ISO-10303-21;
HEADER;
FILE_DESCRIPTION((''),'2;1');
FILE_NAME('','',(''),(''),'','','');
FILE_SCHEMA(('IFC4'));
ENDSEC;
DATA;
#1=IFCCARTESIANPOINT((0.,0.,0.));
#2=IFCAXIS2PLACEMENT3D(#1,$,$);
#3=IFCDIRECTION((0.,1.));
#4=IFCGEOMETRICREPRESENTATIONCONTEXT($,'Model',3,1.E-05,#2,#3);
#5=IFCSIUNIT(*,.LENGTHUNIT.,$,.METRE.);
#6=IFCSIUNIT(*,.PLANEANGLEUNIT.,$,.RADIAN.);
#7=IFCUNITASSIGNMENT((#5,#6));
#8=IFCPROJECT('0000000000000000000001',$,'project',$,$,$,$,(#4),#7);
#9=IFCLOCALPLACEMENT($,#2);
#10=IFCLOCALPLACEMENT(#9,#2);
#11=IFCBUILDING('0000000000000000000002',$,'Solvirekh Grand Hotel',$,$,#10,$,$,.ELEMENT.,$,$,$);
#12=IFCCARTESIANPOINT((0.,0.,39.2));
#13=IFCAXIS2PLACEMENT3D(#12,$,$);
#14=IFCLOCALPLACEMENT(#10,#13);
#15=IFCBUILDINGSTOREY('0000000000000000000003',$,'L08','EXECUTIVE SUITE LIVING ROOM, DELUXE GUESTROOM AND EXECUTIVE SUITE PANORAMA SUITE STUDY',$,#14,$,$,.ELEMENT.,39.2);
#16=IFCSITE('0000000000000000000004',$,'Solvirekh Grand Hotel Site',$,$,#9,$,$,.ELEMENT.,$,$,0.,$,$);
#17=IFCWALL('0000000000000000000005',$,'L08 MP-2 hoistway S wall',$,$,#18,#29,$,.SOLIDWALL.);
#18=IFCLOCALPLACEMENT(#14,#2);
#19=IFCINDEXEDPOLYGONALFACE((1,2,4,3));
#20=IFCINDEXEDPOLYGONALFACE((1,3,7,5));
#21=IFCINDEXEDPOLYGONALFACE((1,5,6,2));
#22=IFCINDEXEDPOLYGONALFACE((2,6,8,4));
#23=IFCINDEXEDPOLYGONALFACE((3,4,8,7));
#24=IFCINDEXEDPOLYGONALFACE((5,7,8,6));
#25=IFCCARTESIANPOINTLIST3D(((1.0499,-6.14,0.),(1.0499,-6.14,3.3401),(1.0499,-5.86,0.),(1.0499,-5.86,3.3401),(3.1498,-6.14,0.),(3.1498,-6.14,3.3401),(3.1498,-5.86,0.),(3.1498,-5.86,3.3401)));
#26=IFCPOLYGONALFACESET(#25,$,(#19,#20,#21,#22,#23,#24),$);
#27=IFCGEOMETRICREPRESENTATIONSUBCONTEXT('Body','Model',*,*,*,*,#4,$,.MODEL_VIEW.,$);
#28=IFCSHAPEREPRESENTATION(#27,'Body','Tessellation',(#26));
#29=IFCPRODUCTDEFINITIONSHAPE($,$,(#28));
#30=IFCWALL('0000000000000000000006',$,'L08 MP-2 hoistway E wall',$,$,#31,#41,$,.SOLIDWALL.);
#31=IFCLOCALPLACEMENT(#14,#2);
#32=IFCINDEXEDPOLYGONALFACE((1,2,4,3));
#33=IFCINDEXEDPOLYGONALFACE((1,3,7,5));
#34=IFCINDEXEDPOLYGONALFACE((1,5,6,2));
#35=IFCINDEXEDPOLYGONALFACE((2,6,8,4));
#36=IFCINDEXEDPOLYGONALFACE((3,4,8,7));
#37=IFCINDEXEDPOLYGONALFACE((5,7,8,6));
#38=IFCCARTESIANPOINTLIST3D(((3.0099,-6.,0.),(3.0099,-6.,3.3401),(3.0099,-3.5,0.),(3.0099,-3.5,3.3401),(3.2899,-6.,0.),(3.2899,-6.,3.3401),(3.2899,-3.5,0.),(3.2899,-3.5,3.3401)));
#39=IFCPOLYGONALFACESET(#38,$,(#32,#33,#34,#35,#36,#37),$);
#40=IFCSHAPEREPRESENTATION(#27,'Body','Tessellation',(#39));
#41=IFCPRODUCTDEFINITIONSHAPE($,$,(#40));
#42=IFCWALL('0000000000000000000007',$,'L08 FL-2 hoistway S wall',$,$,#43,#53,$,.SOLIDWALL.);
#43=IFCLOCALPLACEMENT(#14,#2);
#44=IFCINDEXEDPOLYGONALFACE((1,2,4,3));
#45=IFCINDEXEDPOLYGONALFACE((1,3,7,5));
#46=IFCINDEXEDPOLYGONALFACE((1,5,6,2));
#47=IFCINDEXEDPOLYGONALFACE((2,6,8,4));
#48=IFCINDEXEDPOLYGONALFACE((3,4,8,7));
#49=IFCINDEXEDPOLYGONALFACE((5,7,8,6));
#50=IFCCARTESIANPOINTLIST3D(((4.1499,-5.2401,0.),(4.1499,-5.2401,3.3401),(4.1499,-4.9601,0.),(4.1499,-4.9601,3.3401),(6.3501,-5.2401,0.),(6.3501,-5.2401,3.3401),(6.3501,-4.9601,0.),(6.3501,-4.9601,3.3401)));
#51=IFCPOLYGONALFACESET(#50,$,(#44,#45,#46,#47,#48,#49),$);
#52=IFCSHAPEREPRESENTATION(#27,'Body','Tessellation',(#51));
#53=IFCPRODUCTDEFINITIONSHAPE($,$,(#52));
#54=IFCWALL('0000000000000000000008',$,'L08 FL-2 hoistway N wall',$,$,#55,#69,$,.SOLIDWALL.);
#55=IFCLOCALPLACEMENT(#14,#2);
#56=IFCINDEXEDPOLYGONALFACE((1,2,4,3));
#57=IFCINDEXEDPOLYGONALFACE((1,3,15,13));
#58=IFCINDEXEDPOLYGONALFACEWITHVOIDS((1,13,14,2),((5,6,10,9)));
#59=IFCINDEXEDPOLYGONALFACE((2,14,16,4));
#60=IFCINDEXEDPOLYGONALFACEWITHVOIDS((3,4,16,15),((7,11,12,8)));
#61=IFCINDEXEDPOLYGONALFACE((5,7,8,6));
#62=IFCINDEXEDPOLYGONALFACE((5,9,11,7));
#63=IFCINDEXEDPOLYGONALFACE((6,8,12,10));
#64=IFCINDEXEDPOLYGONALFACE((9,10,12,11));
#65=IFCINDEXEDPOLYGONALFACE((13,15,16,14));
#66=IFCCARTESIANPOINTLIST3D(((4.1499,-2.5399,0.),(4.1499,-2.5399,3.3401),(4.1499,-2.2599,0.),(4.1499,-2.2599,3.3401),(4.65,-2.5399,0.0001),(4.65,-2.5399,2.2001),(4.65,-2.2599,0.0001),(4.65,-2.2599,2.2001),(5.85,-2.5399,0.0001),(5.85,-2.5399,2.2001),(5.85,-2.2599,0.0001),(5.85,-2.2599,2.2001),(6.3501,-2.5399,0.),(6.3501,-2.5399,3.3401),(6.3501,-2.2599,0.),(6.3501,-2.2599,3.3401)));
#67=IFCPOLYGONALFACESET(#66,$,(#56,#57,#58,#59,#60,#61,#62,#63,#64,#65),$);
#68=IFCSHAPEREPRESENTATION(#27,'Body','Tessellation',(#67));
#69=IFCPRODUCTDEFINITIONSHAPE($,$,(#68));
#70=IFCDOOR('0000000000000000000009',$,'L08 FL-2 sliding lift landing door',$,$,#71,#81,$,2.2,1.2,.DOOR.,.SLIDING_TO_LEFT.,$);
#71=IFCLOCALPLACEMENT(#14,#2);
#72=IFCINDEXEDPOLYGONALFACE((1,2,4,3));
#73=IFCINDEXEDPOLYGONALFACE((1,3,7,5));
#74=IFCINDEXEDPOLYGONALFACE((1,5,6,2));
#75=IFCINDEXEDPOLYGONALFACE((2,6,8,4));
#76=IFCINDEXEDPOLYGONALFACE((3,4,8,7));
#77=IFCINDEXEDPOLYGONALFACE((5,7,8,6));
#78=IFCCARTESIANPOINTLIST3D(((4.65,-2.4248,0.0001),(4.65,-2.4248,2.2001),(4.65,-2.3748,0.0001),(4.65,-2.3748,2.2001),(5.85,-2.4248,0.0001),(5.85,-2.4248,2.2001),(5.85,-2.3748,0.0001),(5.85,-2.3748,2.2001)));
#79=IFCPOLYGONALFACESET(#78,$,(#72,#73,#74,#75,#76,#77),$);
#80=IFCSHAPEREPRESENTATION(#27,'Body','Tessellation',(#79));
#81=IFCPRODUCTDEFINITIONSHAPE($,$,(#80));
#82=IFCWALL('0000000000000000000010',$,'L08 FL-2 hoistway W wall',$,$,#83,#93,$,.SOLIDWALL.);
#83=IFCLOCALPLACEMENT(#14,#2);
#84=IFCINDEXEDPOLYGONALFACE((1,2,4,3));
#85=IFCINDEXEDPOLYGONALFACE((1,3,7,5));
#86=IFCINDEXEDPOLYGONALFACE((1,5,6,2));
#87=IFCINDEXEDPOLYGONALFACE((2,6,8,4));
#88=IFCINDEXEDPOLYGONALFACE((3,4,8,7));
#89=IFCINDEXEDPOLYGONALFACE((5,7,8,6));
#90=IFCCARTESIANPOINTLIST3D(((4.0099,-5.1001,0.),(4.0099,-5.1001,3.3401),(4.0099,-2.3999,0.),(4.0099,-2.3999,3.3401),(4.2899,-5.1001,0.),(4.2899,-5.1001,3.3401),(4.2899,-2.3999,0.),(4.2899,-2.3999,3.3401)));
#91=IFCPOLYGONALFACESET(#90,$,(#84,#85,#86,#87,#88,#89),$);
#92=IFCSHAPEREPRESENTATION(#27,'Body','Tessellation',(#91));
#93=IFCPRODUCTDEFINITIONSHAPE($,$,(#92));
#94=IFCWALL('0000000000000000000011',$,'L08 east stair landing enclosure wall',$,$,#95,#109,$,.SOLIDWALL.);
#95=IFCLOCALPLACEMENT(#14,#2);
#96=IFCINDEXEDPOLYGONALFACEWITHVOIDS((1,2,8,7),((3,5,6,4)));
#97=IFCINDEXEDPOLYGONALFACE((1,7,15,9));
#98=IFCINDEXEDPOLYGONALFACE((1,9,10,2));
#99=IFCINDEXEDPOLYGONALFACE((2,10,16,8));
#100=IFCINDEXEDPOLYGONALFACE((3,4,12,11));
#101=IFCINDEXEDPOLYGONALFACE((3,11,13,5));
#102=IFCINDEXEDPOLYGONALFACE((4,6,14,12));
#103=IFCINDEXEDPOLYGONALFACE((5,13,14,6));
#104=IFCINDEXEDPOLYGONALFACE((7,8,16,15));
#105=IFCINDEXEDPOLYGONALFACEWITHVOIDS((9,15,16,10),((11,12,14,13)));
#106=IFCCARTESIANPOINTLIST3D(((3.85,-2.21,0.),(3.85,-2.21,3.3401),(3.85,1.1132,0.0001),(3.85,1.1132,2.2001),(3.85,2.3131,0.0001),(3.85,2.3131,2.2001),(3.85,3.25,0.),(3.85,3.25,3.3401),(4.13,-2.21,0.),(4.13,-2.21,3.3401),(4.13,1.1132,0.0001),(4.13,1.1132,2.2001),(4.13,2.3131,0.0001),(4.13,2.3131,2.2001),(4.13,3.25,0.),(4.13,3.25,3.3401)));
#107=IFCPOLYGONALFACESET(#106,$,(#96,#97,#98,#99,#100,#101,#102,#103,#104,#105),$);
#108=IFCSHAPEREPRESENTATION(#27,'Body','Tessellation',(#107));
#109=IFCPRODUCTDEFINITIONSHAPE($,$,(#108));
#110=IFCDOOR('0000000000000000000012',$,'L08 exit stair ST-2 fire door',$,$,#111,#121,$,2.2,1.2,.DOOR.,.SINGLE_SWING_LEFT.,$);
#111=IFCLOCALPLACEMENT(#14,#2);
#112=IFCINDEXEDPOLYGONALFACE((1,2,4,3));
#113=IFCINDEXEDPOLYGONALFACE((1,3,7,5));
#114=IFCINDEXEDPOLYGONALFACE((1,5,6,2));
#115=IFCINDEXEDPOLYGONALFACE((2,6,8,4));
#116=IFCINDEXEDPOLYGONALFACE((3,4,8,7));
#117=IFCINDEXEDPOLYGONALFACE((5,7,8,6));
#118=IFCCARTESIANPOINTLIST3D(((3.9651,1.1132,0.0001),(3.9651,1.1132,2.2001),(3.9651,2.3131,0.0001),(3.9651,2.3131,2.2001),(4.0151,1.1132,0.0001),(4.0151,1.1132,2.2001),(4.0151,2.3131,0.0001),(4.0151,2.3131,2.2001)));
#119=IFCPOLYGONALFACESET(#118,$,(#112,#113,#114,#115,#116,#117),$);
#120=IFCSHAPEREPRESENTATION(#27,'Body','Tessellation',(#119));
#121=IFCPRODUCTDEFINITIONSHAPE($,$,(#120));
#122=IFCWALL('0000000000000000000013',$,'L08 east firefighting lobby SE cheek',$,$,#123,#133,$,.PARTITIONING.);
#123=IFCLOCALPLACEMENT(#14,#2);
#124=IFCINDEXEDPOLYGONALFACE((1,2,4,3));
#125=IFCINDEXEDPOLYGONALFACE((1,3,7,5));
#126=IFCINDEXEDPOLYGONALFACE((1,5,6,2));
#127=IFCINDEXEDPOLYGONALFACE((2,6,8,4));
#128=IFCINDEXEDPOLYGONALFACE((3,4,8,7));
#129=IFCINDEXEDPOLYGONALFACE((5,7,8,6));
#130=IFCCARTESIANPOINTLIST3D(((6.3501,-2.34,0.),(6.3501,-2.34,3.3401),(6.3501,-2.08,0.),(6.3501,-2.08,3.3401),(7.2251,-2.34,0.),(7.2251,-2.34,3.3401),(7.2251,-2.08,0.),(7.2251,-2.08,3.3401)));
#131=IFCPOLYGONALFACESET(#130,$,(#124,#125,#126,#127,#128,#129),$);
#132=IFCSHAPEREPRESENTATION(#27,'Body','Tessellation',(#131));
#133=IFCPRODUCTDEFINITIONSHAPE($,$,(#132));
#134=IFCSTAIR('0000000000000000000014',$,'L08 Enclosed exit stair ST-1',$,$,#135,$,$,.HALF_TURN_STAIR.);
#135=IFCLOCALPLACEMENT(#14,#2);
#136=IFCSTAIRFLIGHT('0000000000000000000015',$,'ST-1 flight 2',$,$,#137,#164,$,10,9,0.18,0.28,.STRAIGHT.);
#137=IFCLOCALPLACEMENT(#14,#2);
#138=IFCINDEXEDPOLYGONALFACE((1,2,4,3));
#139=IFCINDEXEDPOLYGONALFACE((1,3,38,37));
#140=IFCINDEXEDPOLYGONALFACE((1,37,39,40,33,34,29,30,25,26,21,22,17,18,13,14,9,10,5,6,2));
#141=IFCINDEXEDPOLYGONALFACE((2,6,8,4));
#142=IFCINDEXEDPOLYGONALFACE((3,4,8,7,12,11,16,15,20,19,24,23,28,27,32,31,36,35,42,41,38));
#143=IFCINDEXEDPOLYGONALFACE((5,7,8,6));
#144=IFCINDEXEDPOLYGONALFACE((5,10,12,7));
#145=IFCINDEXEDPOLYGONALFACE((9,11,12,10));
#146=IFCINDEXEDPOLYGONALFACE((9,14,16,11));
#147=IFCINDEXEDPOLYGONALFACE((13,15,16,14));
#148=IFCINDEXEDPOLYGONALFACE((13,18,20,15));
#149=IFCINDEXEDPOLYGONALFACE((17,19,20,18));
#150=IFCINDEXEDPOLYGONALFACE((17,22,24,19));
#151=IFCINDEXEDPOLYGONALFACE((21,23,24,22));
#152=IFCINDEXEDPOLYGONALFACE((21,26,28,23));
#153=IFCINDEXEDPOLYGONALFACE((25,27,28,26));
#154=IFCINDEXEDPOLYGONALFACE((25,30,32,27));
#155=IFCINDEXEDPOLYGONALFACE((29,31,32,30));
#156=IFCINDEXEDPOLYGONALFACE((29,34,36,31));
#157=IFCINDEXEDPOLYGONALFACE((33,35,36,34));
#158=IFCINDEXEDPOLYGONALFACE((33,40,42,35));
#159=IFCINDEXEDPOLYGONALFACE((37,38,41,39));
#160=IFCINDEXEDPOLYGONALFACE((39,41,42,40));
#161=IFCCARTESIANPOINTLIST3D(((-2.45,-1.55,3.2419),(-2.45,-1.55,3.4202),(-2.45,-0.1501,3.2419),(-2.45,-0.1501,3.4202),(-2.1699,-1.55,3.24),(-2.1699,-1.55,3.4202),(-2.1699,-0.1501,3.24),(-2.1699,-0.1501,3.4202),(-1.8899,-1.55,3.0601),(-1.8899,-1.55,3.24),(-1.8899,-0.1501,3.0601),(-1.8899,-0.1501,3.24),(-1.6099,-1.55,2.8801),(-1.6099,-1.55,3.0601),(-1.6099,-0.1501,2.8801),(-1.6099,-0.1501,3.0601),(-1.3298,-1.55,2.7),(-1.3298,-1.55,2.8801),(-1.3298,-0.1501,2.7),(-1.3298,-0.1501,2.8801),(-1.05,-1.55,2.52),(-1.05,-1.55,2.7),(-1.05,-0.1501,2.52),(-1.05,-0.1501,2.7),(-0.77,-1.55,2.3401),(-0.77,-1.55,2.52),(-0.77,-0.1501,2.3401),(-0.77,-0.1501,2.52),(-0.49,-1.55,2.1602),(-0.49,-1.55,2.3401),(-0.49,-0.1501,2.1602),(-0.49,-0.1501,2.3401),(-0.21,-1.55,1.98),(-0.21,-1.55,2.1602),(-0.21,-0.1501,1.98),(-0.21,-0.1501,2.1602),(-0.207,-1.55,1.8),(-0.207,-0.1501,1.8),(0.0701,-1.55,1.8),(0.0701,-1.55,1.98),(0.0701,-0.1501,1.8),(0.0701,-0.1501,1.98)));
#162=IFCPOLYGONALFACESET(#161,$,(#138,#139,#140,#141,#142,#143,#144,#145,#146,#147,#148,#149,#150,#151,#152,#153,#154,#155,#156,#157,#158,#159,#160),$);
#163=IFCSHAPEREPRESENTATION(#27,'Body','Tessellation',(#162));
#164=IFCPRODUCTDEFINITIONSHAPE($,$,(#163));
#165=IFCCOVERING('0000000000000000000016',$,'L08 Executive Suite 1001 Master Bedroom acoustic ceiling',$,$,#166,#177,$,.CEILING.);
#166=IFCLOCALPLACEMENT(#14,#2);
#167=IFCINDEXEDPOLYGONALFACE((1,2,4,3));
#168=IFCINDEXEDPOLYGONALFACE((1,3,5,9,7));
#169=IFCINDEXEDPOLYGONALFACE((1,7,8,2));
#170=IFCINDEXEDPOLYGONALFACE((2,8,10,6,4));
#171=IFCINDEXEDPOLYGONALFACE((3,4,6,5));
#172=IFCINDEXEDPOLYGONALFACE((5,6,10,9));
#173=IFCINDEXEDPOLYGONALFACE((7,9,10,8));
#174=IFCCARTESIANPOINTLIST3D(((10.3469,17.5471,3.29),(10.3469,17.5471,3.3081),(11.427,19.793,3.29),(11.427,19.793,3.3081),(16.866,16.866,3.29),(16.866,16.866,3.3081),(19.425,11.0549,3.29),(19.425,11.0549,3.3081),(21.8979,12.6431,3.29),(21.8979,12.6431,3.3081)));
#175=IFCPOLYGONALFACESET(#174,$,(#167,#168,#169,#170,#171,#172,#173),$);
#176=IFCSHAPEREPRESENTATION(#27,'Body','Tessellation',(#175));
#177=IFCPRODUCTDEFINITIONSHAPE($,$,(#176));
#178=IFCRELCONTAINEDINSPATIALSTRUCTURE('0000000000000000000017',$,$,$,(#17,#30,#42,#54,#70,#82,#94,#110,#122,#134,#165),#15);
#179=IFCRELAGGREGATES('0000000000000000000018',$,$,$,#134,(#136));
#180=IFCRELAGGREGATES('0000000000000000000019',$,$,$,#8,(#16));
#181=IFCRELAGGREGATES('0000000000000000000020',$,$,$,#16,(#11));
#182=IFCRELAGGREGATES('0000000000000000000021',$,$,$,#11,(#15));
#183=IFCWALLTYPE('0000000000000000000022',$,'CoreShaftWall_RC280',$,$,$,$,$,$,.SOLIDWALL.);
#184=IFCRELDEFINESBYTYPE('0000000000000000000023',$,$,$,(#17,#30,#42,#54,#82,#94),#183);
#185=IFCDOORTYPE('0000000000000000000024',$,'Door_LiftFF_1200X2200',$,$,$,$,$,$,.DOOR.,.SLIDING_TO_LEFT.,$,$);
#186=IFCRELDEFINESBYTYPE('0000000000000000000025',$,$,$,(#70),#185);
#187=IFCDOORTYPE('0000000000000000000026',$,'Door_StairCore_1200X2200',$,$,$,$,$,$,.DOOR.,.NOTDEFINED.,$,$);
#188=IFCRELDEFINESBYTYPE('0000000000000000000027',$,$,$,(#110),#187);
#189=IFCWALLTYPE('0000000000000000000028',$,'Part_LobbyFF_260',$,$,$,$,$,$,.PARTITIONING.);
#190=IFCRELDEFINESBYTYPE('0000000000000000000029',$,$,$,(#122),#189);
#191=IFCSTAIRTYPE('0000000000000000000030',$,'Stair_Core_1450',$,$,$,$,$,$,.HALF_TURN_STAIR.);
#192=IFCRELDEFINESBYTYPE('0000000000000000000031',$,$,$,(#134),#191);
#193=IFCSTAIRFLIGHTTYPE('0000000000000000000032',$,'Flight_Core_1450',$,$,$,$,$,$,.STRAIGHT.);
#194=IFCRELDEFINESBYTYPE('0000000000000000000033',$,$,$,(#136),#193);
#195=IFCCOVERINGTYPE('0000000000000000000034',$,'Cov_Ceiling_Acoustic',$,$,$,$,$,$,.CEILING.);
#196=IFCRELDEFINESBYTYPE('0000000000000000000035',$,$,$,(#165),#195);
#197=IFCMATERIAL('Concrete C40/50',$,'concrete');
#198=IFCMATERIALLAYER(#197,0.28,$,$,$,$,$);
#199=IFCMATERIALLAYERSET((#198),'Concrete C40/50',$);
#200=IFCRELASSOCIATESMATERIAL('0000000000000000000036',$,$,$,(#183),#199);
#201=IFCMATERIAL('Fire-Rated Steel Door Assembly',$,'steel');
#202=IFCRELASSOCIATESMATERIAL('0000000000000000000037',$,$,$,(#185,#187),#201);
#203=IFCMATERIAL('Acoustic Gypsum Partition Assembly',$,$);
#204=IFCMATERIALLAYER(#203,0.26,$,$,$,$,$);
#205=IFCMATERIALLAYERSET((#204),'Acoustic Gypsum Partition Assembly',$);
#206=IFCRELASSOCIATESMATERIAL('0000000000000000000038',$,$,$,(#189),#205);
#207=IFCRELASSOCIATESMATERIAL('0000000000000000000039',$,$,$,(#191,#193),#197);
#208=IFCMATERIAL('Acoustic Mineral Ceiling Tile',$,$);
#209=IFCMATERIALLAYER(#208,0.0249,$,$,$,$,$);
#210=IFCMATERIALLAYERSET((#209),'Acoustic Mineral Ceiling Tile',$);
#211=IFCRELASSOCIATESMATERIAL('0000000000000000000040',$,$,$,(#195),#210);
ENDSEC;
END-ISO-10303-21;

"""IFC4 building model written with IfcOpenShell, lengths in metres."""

from ifc_helpers import new_model, si_unit, direction, frame, frame_2d, origin, place, context, subcontext, project, spatial, polyline, rectangle, outline, extrude, material, layer, layer_set, type_object, element, fill, aggregate, save


model = new_model("IFC4")

# Units and contexts
model_context = context("Model", 3, precision=1e-05, world=origin(), true_north=direction((0.0, 1.0)))
body_context = subcontext(model_context, "Body", "Model", "MODEL_VIEW")
ifc_project = project(units=[si_unit("LENGTHUNIT", "METRE"), si_unit("PLANEANGLEUNIT", "RADIAN")], contexts=[model_context])

# Site, building, storey
site_placement = place(None, origin())
site = spatial("IfcSite", under=ifc_project, at=site_placement, Name="Solvirekh Grand Hotel Site", CompositionType="ELEMENT", RefElevation=0.0)
building_placement = place(site_placement, origin())
building = spatial("IfcBuilding", under=site, at=building_placement, Name="Solvirekh Grand Hotel", CompositionType="ELEMENT")
storey_placement = place(building_placement, frame((0.0, 0.0, 39.2)))
storey = spatial("IfcBuildingStorey", under=building, at=storey_placement, Name="L08", Description="EXECUTIVE SUITE LIVING ROOM, DELUXE GUESTROOM AND EXECUTIVE SUITE PANORAMA SUITE STUDY", CompositionType="ELEMENT", Elevation=39.2)

# Walls
ifc_material_1 = material(Name="Concrete C40/50", Category="concrete")
ifc_layer_1 = layer(ifc_material_1, 0.28)
ifc_layer_set_1 = layer_set([ifc_layer_1], Name="Concrete C40/50")
wall_type_1 = type_object("IfcWallType", Name="CoreShaftWall_RC280", PredefinedType="SOLIDWALL", material=ifc_layer_set_1)
wall_1_placement = place(storey_placement, frame((1.05, -6.0, 0.0), z_axis=(0.0, 0.0, 1.0), x_axis=(1.0, 0.0, 0.0)))
element("IfcWall", 1, at=wall_1_placement, inside=storey, type_object=wall_type_1, Name="L08 MP-2 hoistway S wall", PredefinedType="SOLIDWALL", context=body_context, shape_type="SweptSolid", body=[
    extrude(rectangle(XDim=2.0999, YDim=0.28, at=frame_2d((1.0498, 0.0))), origin(), (0.0, 0.0, 1.0), 3.3401),
])
wall_2_placement = place(storey_placement, frame((3.1499, -6.0, 0.0), z_axis=(0.0, 0.0, 1.0), x_axis=(0.0, 1.0, 0.0)))
element("IfcWall", 2, at=wall_2_placement, inside=storey, type_object=wall_type_1, Name="L08 MP-2 hoistway E wall", PredefinedType="SOLIDWALL", context=body_context, shape_type="SweptSolid", body=[
    extrude(rectangle(XDim=2.5, YDim=0.28, at=frame_2d((1.25, 0.0))), origin(), (0.0, 0.0, 1.0), 3.3401),
])
wall_3_placement = place(storey_placement, frame((4.1499, -5.1001, 0.0), z_axis=(0.0, 0.0, 1.0), x_axis=(1.0, 0.0, 0.0)))
element("IfcWall", 3, at=wall_3_placement, inside=storey, type_object=wall_type_1, Name="L08 FL-2 hoistway S wall", PredefinedType="SOLIDWALL", context=body_context, shape_type="SweptSolid", body=[
    extrude(rectangle(XDim=2.2002, YDim=0.28, at=frame_2d((1.1001, 0.0))), origin(), (0.0, 0.0, 1.0), 3.3401),
])

# Wall, opening, door
wall_4_placement = place(storey_placement, frame((6.3501, -2.3999, 0.0), z_axis=(0.0, 0.0, 1.0), x_axis=(-1.0, 0.0, 0.0)))
wall_4 = element("IfcWall", 4, at=wall_4_placement, inside=storey, type_object=wall_type_1, Name="L08 FL-2 hoistway N wall", PredefinedType="SOLIDWALL", context=body_context, shape_type="SweptSolid", body=[
    extrude(rectangle(XDim=2.2002, YDim=0.28, at=frame_2d((1.1001, 0.0))), origin(), (0.0, 0.0, 1.0), 3.3401),
])
opening_1_placement = place(wall_4_placement, frame((0.5, 0.0, 0.0)))
opening_1 = element("IfcOpeningElement", 5, at=opening_1_placement, cuts=wall_4, PredefinedType="OPENING", context=body_context, shape_type="SweptSolid", body=[
    extrude(rectangle(XDim=1.2, YDim=2.2, at=frame_2d((0.6001, 1.1001))), frame((0.0, 0.1499, 0.0), z_axis=(0.0, -1.0, 0.0), x_axis=(1.0, 0.0, 0.0)), (0.0, 0.0, 1.0), 0.3),
])
ifc_material_2 = material(Name="Fire-Rated Steel Door Assembly", Category="steel")
door_type_1 = type_object("IfcDoorType", Name="Door_LiftFF_1200X2200", OperationType="SLIDING_TO_LEFT", PredefinedType="DOOR", material=ifc_material_2)
door_1_placement = place(opening_1_placement, origin())
door_1 = element("IfcDoor", 6, at=door_1_placement, inside=storey, type_object=door_type_1, Name="L08 FL-2 sliding lift landing door", OperationType="SLIDING_TO_LEFT", OverallHeight=2.2, OverallWidth=1.2, PredefinedType="DOOR", context=body_context, shape_type="SweptSolid", body=[
    extrude(rectangle(XDim=1.2, YDim=2.2, at=frame_2d((0.6001, 1.1001))), frame((0.0, 0.0249, 0.0), z_axis=(0.0, -1.0, 0.0), x_axis=(1.0, 0.0, 0.0)), (0.0, 0.0, 1.0), 0.05),
])
fill(opening_1, door_1)

# Wall
wall_5_placement = place(storey_placement, frame((4.1499, -2.3999, 0.0), z_axis=(0.0, 0.0, 1.0), x_axis=(0.0, -1.0, 0.0)))
element("IfcWall", 7, at=wall_5_placement, inside=storey, type_object=wall_type_1, Name="L08 FL-2 hoistway W wall", PredefinedType="SOLIDWALL", context=body_context, shape_type="SweptSolid", body=[
    extrude(rectangle(XDim=2.7002, YDim=0.28, at=frame_2d((1.3501, 0.0))), origin(), (0.0, 0.0, 1.0), 3.3401),
])

# Wall, opening, door
wall_6_placement = place(storey_placement, frame((3.99, -2.21, 0.0), z_axis=(0.0, 0.0, 1.0), x_axis=(0.0, 1.0, 0.0)))
wall_6 = element("IfcWall", 8, at=wall_6_placement, inside=storey, type_object=wall_type_1, Name="L08 east stair landing enclosure wall", PredefinedType="SOLIDWALL", context=body_context, shape_type="SweptSolid", body=[
    extrude(rectangle(XDim=5.46, YDim=0.28, at=frame_2d((2.73, 0.0))), origin(), (0.0, 0.0, 1.0), 3.3401),
])
opening_2_placement = place(wall_6_placement, frame((3.323, 0.0, 0.0)))
opening_2 = element("IfcOpeningElement", 9, at=opening_2_placement, cuts=wall_6, PredefinedType="OPENING", context=body_context, shape_type="SweptSolid", body=[
    extrude(rectangle(XDim=1.2, YDim=2.2, at=frame_2d((0.6001, 1.1001))), frame((0.0, 0.1499, 0.0), z_axis=(0.0, -1.0, 0.0), x_axis=(1.0, 0.0, 0.0)), (0.0, 0.0, 1.0), 0.3),
])
door_type_2 = type_object("IfcDoorType", Name="Door_StairCore_1200X2200", OperationType="NOTDEFINED", PredefinedType="DOOR", material=ifc_material_2)
door_2_placement = place(opening_2_placement, origin())
door_2 = element("IfcDoor", 10, at=door_2_placement, inside=storey, type_object=door_type_2, Name="L08 exit stair ST-2 fire door", OperationType="SINGLE_SWING_LEFT", OverallHeight=2.2, OverallWidth=1.2, PredefinedType="DOOR", context=body_context, shape_type="SweptSolid", body=[
    extrude(rectangle(XDim=1.2, YDim=2.2, at=frame_2d((0.6001, 1.1001))), frame((0.0, 0.0249, 0.0), z_axis=(0.0, -1.0, 0.0), x_axis=(1.0, 0.0, 0.0)), (0.0, 0.0, 1.0), 0.05),
])
fill(opening_2, door_2)

# Wall
ifc_material_3 = material(Name="Acoustic Gypsum Partition Assembly")
ifc_layer_2 = layer(ifc_material_3, 0.26)
ifc_layer_set_2 = layer_set([ifc_layer_2], Name="Acoustic Gypsum Partition Assembly")
wall_type_2 = type_object("IfcWallType", Name="Part_LobbyFF_260", PredefinedType="PARTITIONING", material=ifc_layer_set_2)
wall_7_placement = place(storey_placement, frame((6.3501, -2.21, 0.0), z_axis=(0.0, 0.0, 1.0), x_axis=(1.0, 0.0, 0.0)))
element("IfcWall", 11, at=wall_7_placement, inside=storey, type_object=wall_type_2, Name="L08 east firefighting lobby SE cheek", PredefinedType="PARTITIONING", context=body_context, shape_type="SweptSolid", body=[
    extrude(rectangle(XDim=0.875, YDim=0.26, at=frame_2d((0.4375, 0.0))), origin(), (0.0, 0.0, 1.0), 3.3401),
])

# Stair, stair flight
stair_type = type_object("IfcStairType", Name="Stair_Core_1450", PredefinedType="HALF_TURN_STAIR", material=ifc_material_1)
stair_placement = place(storey_placement, origin())
stair = element("IfcStair", 12, at=stair_placement, inside=storey, type_object=stair_type, Name="L08 Enclosed exit stair ST-1", PredefinedType="HALF_TURN_STAIR")
stair_flight_type = type_object("IfcStairFlightType", Name="Flight_Core_1450", PredefinedType="STRAIGHT", material=ifc_material_1)
stair_flight_placement = place(storey_placement, frame((0.0701, -0.8501, 1.8), z_axis=(0.0, 0.0, 1.0), x_axis=(-1.0, 0.0, 0.0)))
stair_flight = element("IfcStairFlight", 13, at=stair_flight_placement, type_object=stair_flight_type, Name="ST-1 flight 2", NumberOfRisers=10, NumberOfTreads=9, PredefinedType="STRAIGHT", RiserHeight=0.18, TreadLength=0.28, context=body_context, shape_type="SweptSolid", body=[
    extrude(outline(polyline([(0.0, 0.0), (0.0, 0.1799), (0.28, 0.1799), (0.28, 0.3601), (0.5601, 0.3601), (0.5601, 0.54), (0.8401, 0.54), (0.8401, 0.72), (1.1201, 0.72), (1.1201, 0.8999), (1.3999, 0.8999), (1.3999, 1.0801), (1.6799, 1.0801), (1.6799, 1.26), (1.96, 1.26), (1.96, 1.4399), (2.24, 1.4399), (2.24, 1.6201), (2.52, 1.6201), (2.52, 1.8), (2.52, 1.4419), (0.2771, 0.0), (0.0, 0.0)])), frame((0.0, 0.7, 0.0), z_axis=(0.0, -1.0, 0.0), x_axis=(1.0, 0.0, 0.0)), (0.0, 0.0, 1.0), 1.3999),
])
aggregate(stair, [stair_flight])

# Covering
ifc_material_4 = material(Name="Acoustic Mineral Ceiling Tile")
ifc_layer_3 = layer(ifc_material_4, 0.0249)
ifc_layer_set_3 = layer_set([ifc_layer_3], Name="Acoustic Mineral Ceiling Tile")
covering_type_1 = type_object("IfcCoveringType", Name="Cov_Ceiling_Acoustic", PredefinedType="CEILING", material=ifc_layer_set_3)
covering_1_placement = place(storey_placement, frame((0.0, 0.0, 3.29)))
element("IfcCovering", 14, at=covering_1_placement, inside=storey, type_object=covering_type_1, Name="L08 Executive Suite 1001 Master Bedroom acoustic ceiling", PredefinedType="CEILING", context=body_context, shape_type="SweptSolid", body=[
    extrude(outline(polyline([(21.8979, 12.6431), (16.866, 16.866), (11.427, 19.793), (10.3469, 17.5471), (19.425, 11.0549), (21.8979, 12.6431)])), origin(), (0.0, 0.0, 1.0), 0.0181),
])

save(model, "model.ifc")
